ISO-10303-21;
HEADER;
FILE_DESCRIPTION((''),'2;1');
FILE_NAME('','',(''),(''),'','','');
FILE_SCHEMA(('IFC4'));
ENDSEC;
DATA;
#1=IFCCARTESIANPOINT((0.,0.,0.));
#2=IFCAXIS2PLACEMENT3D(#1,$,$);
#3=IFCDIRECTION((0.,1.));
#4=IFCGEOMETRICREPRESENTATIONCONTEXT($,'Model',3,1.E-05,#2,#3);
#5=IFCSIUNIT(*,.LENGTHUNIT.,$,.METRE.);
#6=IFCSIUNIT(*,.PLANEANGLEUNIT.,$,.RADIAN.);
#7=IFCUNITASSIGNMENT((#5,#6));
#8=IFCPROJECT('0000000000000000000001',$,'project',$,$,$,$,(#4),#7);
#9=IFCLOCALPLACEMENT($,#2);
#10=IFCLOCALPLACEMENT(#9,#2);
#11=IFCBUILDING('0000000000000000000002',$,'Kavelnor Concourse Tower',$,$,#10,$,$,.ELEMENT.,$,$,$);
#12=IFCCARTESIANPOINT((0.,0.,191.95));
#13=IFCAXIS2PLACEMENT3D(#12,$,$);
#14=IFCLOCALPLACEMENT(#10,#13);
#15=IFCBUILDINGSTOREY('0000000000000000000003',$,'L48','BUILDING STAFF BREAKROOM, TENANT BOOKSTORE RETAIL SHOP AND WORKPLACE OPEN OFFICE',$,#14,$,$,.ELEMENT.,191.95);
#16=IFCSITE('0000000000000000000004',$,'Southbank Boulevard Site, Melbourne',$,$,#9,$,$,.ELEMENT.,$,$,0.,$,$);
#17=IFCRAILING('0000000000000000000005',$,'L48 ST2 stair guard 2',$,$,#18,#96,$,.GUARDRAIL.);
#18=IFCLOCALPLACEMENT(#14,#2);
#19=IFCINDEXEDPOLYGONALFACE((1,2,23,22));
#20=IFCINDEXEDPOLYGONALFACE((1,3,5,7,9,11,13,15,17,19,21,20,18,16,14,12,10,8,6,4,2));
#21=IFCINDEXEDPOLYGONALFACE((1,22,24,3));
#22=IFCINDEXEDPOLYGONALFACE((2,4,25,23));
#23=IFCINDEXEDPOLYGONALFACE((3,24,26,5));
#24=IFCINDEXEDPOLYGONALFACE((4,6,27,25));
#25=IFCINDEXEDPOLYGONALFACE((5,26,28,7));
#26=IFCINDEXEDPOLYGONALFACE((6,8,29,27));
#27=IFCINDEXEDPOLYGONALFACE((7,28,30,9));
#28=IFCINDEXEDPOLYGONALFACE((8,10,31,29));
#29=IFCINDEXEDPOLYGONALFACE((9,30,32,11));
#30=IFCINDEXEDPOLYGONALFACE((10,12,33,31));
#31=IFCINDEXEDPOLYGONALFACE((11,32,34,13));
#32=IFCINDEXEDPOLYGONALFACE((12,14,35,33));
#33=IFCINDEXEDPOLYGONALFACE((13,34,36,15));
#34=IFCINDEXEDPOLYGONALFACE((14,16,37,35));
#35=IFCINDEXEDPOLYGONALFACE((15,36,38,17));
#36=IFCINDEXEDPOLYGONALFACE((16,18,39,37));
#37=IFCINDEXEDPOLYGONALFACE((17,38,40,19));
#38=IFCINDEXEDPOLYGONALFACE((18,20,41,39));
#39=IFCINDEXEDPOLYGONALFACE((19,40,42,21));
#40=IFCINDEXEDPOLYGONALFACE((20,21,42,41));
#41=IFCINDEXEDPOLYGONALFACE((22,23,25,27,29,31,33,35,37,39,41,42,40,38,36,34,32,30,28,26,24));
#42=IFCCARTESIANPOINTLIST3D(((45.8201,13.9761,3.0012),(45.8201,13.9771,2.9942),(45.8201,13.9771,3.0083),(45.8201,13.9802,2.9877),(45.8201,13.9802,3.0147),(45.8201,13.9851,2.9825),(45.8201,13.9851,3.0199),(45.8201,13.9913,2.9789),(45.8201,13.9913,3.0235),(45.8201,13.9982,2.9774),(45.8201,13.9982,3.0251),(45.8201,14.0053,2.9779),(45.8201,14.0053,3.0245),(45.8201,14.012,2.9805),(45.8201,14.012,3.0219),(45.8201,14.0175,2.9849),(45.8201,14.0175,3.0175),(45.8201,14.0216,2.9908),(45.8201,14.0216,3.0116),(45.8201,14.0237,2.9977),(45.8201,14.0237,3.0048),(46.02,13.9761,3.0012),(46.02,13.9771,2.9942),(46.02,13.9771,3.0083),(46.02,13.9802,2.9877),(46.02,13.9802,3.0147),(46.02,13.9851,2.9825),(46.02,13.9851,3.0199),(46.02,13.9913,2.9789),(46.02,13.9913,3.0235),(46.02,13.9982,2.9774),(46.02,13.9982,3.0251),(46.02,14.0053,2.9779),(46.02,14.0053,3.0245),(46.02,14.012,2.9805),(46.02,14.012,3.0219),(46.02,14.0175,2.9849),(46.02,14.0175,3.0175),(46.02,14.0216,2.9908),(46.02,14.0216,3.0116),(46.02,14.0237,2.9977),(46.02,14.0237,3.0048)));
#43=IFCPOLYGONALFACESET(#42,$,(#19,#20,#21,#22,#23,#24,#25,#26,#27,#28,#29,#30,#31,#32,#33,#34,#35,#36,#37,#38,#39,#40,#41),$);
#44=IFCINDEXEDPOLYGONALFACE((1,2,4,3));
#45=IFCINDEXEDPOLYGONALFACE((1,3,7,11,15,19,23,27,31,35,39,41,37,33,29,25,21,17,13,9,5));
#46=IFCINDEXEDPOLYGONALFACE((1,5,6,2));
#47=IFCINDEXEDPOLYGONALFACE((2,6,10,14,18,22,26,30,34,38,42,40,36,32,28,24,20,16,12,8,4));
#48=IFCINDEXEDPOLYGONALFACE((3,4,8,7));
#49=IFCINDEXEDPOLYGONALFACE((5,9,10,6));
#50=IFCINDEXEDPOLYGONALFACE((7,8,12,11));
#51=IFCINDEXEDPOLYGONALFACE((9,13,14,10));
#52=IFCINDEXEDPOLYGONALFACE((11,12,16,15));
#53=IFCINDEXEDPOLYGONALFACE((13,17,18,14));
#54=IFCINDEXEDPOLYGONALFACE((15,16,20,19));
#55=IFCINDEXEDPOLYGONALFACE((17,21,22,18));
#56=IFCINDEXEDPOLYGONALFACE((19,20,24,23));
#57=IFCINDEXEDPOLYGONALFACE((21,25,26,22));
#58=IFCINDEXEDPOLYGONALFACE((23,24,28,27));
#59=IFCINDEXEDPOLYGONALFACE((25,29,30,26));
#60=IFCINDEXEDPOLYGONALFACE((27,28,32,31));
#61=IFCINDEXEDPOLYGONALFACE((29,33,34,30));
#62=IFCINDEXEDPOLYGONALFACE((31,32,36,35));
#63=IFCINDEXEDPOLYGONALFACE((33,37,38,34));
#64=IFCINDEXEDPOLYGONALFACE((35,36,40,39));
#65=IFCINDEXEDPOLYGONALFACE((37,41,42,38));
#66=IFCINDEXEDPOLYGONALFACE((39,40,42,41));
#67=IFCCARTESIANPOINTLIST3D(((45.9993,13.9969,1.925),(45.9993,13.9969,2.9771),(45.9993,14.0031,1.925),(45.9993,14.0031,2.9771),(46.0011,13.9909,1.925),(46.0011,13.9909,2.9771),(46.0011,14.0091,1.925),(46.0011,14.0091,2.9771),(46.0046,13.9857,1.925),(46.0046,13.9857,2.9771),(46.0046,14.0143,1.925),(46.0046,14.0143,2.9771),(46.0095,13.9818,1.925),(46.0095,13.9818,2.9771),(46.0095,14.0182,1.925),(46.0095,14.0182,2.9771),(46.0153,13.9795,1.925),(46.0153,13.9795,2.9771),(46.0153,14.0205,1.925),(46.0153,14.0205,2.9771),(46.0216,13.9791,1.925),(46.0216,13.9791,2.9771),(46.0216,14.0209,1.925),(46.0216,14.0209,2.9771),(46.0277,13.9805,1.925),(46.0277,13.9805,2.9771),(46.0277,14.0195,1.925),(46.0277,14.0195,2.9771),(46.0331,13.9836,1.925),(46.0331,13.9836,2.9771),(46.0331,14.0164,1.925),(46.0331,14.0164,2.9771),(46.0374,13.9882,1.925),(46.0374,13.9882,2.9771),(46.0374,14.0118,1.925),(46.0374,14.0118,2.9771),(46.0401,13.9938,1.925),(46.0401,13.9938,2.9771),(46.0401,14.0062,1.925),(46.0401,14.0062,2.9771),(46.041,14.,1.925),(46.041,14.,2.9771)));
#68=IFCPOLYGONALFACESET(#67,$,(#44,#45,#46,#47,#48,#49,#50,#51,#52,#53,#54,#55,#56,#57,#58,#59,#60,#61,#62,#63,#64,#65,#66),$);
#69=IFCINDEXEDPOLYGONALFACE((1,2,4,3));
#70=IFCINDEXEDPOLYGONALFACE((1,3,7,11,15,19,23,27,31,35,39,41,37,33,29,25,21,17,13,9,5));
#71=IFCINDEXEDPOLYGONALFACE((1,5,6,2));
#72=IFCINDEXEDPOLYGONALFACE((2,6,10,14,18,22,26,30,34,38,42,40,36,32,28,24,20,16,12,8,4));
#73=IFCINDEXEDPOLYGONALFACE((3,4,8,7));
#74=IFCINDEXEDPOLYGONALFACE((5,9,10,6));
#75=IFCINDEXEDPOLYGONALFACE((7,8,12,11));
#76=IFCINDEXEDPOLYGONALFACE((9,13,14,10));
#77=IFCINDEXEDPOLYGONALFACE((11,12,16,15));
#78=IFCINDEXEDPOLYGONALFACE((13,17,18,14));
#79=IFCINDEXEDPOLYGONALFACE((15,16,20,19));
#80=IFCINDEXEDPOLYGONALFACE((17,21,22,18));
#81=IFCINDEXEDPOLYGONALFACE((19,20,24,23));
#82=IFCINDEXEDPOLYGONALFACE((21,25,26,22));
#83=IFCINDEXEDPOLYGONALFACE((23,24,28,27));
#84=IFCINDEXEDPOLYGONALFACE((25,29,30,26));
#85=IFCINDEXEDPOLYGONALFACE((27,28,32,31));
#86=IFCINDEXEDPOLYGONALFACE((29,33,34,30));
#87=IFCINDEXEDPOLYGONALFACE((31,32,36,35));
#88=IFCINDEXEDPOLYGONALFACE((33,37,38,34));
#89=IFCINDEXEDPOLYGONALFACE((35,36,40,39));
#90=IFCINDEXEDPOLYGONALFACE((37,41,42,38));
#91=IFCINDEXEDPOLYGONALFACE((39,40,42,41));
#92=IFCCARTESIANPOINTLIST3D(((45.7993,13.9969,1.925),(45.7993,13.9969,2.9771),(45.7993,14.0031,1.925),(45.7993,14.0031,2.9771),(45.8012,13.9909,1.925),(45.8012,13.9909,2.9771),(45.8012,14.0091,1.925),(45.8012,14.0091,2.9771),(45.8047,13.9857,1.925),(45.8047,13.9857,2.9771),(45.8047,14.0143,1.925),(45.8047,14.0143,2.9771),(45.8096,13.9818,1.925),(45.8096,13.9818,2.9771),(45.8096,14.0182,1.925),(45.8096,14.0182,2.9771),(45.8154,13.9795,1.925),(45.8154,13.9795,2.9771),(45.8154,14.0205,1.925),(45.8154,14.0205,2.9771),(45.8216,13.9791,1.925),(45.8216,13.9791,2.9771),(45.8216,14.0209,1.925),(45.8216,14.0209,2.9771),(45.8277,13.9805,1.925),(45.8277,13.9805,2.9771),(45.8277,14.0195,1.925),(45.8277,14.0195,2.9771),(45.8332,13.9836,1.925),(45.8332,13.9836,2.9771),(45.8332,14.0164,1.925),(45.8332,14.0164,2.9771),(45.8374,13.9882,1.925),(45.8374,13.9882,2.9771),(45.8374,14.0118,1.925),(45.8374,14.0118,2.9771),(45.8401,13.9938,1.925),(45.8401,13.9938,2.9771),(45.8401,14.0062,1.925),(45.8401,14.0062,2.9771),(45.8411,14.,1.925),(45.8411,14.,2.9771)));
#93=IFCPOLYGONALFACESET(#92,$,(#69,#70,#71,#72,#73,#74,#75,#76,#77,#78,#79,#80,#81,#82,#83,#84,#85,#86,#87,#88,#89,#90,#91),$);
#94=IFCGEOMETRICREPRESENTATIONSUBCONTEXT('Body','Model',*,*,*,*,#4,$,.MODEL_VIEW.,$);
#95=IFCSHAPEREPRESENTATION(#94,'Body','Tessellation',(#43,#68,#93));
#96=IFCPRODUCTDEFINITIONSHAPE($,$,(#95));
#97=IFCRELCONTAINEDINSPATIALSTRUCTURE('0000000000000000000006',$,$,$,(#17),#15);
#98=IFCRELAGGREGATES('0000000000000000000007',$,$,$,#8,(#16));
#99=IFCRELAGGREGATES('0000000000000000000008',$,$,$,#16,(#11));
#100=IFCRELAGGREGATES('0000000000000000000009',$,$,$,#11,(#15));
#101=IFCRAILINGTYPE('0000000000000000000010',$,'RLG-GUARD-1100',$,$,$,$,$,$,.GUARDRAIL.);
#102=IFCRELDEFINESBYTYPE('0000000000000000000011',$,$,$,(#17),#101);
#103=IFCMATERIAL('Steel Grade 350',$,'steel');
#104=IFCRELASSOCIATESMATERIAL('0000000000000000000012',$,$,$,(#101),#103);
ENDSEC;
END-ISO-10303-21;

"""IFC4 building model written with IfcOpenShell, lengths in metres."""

from ifc_helpers import new_model, si_unit, direction, frame, origin, origin_2d, place, context, subcontext, project, spatial, circle, extrude, material, type_object, element, save


model = new_model("IFC4")

# Units and contexts
model_context = context("Model", 3, precision=1e-05, world=origin(), true_north=direction((0.0, 1.0)))
body_context = subcontext(model_context, "Body", "Model", "MODEL_VIEW")
ifc_project = project(units=[si_unit("LENGTHUNIT", "METRE"), si_unit("PLANEANGLEUNIT", "RADIAN")], contexts=[model_context])

# Site, building, storey
site_placement = place(None, origin())
site = spatial("IfcSite", under=ifc_project, at=site_placement, Name="Southbank Boulevard Site, Melbourne", CompositionType="ELEMENT", RefElevation=0.0)
building_placement = place(site_placement, origin())
building = spatial("IfcBuilding", under=site, at=building_placement, Name="Kavelnor Concourse Tower", CompositionType="ELEMENT")
storey_placement = place(building_placement, frame((0.0, 0.0, 191.95)))
storey = spatial("IfcBuildingStorey", under=building, at=storey_placement, Name="L48", Description="BUILDING STAFF BREAKROOM, TENANT BOOKSTORE RETAIL SHOP AND WORKPLACE OPEN OFFICE", CompositionType="ELEMENT", Elevation=191.95)

# Shared definitions
ifc_material_1 = material(Name="Steel Grade 350", Category="steel")

# Railing
railing_type_1 = type_object("IfcRailingType", Name="RLG-GUARD-1100", PredefinedType="GUARDRAIL", material=ifc_material_1)
railing_1_placement = place(storey_placement, frame((46.02, 14.0, 1.925)))
element("IfcRailing", 1, at=railing_1_placement, inside=storey, type_object=railing_type_1, Name="L48 ST2 stair guard 2", PredefinedType="GUARDRAIL", context=body_context, shape_type="SweptSolid", body=[
    extrude(circle(Radius=0.0239, at=origin_2d()), frame((0.0, 0.0, 1.0762), z_axis=(-1.0, 0.0, 0.0), x_axis=(0.0, -1.0, 0.0)), (0.0, 0.0, 1.0), 0.2),
    extrude(circle(Radius=0.021, at=origin_2d()), origin(), (0.0, 0.0, 1.0), 1.052),
    extrude(circle(Radius=0.021, at=origin_2d()), frame((-0.2, 0.0, 0.0)), (0.0, 0.0, 1.0), 1.052),
])

save(model, "model.ifc")
